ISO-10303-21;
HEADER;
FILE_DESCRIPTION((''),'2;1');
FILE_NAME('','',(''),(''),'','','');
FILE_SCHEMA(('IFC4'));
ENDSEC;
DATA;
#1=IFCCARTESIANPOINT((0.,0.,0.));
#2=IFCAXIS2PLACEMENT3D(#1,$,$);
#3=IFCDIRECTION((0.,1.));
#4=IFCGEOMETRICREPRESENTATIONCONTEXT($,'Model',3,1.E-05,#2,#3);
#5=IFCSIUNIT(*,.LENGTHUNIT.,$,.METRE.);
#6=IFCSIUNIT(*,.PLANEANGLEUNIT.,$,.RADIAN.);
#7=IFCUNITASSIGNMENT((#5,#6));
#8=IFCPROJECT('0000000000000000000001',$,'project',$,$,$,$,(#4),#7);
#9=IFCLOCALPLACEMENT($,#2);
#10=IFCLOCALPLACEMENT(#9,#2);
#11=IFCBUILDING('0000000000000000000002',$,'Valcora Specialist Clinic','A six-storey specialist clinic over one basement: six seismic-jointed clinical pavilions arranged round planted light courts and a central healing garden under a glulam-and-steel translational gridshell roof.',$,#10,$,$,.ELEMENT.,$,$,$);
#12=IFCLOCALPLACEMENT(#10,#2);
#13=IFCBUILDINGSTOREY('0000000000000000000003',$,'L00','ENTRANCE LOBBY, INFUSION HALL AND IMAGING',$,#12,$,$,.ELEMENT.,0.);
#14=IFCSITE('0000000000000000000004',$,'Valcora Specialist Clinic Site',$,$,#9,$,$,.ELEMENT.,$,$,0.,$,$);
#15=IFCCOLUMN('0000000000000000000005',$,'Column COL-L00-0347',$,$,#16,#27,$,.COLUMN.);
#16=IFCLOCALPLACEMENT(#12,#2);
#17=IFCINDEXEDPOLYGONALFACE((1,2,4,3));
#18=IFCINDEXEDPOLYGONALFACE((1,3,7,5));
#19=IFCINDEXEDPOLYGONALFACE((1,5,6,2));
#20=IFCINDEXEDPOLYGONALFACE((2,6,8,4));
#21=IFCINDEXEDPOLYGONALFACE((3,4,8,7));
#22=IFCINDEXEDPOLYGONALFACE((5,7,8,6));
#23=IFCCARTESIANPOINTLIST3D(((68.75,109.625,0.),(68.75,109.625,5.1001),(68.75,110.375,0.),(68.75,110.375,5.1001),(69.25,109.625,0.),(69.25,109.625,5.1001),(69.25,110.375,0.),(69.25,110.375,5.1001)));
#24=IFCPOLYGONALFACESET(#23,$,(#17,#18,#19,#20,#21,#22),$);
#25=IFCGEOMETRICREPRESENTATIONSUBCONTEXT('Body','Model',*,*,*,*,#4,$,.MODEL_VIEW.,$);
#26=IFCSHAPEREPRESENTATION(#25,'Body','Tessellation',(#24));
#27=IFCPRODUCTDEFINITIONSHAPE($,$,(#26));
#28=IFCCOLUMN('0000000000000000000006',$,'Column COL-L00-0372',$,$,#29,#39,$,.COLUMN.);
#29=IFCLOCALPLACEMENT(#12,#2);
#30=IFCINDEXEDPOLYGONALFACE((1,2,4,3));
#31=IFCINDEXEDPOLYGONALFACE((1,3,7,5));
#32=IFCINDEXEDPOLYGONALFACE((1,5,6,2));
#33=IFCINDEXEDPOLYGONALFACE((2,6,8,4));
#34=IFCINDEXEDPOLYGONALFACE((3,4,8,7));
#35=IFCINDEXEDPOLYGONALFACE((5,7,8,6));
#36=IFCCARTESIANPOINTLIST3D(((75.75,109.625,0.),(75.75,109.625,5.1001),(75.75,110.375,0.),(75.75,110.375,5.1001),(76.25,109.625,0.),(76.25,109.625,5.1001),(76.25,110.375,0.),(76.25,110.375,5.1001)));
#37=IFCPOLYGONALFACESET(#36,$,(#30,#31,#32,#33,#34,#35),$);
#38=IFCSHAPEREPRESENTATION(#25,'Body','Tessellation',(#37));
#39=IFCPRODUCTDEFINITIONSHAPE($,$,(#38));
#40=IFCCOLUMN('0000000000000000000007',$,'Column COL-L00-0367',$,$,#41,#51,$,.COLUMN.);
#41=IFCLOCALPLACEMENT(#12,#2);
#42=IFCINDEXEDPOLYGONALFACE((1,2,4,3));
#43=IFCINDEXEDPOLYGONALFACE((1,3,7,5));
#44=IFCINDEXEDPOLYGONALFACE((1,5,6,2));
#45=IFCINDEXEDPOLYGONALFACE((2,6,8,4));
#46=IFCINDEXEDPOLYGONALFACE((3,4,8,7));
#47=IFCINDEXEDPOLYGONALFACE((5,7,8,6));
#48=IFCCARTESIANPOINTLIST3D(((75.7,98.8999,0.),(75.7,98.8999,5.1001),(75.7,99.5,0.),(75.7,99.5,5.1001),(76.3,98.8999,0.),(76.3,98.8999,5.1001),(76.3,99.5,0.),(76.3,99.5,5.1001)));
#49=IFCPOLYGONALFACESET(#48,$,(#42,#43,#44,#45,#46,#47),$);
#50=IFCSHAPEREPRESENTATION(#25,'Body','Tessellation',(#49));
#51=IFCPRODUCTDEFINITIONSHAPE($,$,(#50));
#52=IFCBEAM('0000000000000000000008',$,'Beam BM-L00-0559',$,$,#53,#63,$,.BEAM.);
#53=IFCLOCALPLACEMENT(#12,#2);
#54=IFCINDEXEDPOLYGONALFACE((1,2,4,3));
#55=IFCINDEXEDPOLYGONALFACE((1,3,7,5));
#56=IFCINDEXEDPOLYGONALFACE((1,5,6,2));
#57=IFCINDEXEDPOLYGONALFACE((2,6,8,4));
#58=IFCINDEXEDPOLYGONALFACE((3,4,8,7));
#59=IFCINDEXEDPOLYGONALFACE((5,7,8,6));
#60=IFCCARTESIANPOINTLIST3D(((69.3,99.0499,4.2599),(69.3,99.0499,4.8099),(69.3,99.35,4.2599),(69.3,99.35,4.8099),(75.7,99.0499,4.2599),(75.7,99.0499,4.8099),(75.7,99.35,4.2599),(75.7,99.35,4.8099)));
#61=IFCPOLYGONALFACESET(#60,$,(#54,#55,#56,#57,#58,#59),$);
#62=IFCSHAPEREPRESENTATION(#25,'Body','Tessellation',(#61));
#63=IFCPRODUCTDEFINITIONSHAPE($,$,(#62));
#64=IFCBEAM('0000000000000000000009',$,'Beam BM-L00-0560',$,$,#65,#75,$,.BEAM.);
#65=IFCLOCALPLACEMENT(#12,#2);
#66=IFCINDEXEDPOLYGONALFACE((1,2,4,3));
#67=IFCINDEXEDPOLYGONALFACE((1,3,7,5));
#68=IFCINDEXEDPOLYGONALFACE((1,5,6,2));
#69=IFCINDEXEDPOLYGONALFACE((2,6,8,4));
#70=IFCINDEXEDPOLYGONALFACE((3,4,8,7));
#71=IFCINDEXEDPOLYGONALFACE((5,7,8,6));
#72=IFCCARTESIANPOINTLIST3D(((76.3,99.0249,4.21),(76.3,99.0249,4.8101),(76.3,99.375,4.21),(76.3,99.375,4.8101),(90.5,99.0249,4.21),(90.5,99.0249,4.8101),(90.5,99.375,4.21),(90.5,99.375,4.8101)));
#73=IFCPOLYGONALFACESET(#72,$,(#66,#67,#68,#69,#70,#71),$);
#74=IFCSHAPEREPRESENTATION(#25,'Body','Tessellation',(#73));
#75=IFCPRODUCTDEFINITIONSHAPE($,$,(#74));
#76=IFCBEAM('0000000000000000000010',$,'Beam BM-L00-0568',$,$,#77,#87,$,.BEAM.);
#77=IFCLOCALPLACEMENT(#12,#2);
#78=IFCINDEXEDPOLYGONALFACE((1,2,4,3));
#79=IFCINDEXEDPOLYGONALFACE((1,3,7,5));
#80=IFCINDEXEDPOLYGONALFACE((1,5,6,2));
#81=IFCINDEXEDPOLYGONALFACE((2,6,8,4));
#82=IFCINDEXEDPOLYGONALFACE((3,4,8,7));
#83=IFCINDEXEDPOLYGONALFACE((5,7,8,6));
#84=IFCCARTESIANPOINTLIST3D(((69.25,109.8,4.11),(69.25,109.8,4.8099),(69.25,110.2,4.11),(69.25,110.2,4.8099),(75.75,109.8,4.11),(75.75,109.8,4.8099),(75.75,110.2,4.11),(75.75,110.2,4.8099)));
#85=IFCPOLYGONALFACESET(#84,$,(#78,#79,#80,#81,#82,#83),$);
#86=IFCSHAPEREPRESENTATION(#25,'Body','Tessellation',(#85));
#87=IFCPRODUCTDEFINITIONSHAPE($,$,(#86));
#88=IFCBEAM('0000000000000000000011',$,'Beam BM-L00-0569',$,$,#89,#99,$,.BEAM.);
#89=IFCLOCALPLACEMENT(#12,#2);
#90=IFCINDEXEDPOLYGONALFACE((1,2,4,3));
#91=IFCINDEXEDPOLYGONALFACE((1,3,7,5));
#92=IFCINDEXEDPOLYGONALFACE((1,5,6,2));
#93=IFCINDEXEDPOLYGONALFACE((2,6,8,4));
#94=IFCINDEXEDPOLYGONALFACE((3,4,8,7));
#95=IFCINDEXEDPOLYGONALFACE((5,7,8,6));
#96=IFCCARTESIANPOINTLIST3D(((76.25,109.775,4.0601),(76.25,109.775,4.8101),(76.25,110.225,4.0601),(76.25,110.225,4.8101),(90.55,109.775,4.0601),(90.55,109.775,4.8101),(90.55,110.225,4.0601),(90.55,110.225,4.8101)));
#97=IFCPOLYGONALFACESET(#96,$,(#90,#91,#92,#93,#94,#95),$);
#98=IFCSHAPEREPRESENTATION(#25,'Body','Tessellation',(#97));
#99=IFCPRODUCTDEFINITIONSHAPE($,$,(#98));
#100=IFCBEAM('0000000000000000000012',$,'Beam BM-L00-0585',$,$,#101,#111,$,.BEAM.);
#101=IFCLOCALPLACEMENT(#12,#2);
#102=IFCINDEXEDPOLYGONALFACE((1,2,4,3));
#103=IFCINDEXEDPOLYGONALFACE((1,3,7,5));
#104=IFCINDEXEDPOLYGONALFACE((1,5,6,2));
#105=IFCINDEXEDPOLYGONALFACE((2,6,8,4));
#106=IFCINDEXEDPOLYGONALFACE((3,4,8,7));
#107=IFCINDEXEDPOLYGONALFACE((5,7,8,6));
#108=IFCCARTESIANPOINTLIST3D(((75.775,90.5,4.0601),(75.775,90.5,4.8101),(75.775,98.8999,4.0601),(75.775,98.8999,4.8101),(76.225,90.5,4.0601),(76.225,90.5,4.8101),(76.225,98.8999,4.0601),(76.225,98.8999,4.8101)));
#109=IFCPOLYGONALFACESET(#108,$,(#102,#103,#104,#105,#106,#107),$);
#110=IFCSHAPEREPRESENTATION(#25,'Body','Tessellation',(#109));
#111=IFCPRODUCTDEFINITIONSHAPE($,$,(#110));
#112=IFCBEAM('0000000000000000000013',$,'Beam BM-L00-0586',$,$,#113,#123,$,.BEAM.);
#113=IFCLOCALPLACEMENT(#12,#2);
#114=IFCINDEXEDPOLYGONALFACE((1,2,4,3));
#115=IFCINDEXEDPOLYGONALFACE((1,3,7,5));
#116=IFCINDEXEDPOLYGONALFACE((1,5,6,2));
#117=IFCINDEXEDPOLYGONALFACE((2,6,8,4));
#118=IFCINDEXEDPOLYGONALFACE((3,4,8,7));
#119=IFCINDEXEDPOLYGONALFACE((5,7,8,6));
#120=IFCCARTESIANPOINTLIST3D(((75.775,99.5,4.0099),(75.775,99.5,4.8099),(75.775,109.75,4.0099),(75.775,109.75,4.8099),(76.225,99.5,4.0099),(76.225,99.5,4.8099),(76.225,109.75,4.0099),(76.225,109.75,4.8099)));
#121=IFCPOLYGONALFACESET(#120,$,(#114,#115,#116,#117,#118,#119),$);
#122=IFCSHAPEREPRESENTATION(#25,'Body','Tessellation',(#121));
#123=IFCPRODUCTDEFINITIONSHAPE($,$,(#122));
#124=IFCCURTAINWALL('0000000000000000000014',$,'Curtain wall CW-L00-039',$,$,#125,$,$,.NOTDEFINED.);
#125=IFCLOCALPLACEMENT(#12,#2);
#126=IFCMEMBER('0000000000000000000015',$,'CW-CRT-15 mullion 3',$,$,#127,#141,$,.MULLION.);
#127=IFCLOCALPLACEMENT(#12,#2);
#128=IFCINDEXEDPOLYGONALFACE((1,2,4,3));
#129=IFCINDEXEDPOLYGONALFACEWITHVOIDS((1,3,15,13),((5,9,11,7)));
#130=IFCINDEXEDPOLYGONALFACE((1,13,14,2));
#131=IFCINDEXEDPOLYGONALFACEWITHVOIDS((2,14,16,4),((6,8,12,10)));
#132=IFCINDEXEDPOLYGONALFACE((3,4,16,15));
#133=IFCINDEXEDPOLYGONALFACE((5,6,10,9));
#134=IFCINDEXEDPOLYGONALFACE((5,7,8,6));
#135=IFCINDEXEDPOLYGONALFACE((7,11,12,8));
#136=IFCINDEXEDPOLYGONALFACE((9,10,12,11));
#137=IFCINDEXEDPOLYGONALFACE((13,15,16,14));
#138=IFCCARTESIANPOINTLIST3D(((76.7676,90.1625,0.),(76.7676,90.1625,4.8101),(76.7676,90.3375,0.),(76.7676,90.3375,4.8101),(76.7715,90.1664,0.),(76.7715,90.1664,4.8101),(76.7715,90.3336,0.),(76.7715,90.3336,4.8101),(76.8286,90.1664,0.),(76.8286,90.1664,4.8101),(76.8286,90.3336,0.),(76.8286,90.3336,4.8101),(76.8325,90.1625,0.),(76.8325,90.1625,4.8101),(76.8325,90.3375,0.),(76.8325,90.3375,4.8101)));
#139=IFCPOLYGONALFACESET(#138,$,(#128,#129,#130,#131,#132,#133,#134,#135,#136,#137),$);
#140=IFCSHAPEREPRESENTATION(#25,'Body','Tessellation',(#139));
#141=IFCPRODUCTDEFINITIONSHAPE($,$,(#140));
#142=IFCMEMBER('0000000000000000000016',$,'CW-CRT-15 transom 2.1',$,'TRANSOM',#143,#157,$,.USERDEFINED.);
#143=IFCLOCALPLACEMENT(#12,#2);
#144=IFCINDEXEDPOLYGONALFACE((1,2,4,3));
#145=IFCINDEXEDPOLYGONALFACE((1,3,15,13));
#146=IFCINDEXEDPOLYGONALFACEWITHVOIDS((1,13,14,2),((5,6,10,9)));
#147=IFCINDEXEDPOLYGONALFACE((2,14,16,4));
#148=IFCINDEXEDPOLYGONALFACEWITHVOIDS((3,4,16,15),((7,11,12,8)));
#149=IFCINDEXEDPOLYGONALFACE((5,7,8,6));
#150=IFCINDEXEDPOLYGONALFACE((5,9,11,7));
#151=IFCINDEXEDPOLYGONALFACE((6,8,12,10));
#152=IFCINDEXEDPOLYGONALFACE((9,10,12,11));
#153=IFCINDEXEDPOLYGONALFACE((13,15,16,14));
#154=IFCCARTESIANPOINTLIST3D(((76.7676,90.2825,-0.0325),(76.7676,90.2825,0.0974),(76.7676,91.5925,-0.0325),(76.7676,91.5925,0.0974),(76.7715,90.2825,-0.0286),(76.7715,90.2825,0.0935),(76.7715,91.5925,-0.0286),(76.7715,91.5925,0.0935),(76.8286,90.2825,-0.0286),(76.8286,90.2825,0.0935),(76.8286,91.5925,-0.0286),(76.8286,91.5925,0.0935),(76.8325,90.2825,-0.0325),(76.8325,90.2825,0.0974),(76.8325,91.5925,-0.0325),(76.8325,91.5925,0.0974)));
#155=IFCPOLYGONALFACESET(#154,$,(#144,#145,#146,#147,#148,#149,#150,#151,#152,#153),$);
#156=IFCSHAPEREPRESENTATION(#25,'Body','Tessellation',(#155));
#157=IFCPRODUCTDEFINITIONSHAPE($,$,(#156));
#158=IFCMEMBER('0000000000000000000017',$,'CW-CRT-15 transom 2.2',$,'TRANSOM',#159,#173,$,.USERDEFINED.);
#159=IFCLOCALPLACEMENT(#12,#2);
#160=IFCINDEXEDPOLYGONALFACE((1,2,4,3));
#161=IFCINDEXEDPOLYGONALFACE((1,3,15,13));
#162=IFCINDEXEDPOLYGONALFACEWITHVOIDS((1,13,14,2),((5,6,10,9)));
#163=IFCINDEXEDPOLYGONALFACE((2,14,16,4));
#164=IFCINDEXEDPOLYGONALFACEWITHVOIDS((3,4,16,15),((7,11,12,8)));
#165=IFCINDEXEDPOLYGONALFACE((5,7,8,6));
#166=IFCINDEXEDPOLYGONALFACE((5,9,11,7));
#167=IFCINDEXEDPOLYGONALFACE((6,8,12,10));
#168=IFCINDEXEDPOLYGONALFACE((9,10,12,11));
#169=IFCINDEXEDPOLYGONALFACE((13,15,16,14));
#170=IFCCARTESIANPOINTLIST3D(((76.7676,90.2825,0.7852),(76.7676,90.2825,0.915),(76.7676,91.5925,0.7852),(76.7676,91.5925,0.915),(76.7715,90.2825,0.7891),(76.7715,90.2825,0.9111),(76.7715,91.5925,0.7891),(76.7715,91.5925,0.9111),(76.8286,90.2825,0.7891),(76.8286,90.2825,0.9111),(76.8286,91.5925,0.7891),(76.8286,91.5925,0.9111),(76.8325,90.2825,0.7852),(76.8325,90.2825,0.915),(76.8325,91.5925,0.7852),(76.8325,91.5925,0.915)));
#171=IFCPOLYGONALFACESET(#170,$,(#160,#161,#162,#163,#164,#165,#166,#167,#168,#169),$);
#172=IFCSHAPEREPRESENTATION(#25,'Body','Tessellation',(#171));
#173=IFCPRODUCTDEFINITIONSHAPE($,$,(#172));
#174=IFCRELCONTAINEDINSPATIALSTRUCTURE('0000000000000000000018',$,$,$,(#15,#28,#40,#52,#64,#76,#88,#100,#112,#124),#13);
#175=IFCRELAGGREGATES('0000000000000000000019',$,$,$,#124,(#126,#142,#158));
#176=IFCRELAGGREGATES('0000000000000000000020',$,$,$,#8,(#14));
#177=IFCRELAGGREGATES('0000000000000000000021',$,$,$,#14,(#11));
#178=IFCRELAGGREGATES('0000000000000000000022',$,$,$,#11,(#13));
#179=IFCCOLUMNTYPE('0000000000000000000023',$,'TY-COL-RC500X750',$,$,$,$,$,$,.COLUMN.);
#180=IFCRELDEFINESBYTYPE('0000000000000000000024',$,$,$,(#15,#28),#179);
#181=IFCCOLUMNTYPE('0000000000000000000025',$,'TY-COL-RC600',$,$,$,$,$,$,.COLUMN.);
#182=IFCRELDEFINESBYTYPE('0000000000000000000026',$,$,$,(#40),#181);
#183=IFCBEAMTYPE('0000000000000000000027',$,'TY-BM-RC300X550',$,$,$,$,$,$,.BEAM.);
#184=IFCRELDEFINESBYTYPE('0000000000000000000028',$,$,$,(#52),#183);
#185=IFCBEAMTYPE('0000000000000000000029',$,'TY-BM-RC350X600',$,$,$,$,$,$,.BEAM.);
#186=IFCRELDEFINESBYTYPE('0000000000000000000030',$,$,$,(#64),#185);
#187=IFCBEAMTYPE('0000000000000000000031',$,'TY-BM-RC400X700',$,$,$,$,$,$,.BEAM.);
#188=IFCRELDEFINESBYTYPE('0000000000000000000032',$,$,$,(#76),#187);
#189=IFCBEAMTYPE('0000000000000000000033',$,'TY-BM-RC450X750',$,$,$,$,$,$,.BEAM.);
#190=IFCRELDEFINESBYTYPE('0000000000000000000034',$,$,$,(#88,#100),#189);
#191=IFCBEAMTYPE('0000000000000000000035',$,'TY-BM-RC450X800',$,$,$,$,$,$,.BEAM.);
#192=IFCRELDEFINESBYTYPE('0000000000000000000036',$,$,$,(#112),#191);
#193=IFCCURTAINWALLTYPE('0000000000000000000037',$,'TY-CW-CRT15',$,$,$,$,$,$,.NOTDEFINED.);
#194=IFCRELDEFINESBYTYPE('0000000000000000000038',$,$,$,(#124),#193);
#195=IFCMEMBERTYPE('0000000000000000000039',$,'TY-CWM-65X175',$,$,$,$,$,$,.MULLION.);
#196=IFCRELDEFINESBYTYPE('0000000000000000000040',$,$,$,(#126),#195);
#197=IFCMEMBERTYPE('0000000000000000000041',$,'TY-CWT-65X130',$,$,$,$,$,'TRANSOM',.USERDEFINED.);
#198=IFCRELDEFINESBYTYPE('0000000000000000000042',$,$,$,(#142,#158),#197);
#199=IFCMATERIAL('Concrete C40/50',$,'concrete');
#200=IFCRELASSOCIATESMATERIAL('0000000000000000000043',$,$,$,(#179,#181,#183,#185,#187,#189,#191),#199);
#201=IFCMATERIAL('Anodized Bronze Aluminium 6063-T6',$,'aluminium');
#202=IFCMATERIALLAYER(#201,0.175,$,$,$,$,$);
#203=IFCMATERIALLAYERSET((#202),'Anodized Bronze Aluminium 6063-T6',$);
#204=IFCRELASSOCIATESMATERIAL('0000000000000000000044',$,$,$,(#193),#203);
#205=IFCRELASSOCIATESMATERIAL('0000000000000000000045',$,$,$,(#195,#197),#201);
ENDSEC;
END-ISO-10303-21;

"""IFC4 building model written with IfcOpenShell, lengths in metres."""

from ifc_helpers import new_model, si_unit, direction, frame, origin, origin_2d, place, context, subcontext, project, spatial, rectangle, hollow_rectangle, extrude, material, layer, layer_set, material_profile, profile_set, type_object, element, aggregate, save


model = new_model("IFC4")

# Units and contexts
model_context = context("Model", 3, precision=1e-05, world=origin(), true_north=direction((0.0, 1.0)))
body_context = subcontext(model_context, "Body", "Model", "MODEL_VIEW")
ifc_project = project(units=[si_unit("LENGTHUNIT", "METRE"), si_unit("PLANEANGLEUNIT", "RADIAN")], contexts=[model_context])

# Site, building, storey
site_placement = place(None, origin())
site = spatial("IfcSite", under=ifc_project, at=site_placement, Name="Valcora Specialist Clinic Site", CompositionType="ELEMENT", RefElevation=0.0)
building_placement = place(site_placement, origin())
building = spatial("IfcBuilding", under=site, at=building_placement, Name="Valcora Specialist Clinic", Description="A six-storey specialist clinic over one basement: six seismic-jointed clinical pavilions arranged round planted light courts and a central healing garden under a glulam-and-steel translational gridshell roof.", CompositionType="ELEMENT")
storey_placement = place(building_placement, origin())
storey = spatial("IfcBuildingStorey", under=building, at=storey_placement, Name="L00", Description="ENTRANCE LOBBY, INFUSION HALL AND IMAGING", CompositionType="ELEMENT", Elevation=0.0)

# Columns
ifc_material_1 = material(Name="Concrete C40/50", Category="concrete")
ifc_material_profile_1 = material_profile(ifc_material_1, rectangle(XDim=0.5, YDim=0.75, at=origin_2d()), Name="RC-COL-500X750")
ifc_profile_set_1 = profile_set([ifc_material_profile_1], Name="Concrete C40/50")
column_type_1 = type_object("IfcColumnType", Name="TY-COL-RC500X750", PredefinedType="COLUMN", material=ifc_profile_set_1)
for number, where, z_axis, x_axis, name in (
    (1, (69.0, 110.0, 0.0), (0.0, 0.0, 1.0), (1.0, 0.0, 0.0), "Column COL-L00-0347"),
    (2, (76.0, 110.0, 0.0), (0.0, 0.0, 1.0), (1.0, 0.0, 0.0), "Column COL-L00-0372"),
):
    element("IfcColumn", number, at=place(storey_placement, frame(where, z_axis=z_axis, x_axis=x_axis)), inside=storey, type_object=column_type_1, Name=name, PredefinedType="COLUMN", context=body_context, shape_type="SweptSolid", body=[
        extrude(rectangle(XDim=0.5, YDim=0.75, at=origin_2d()), origin(), (0.0, 0.0, 1.0), 5.1001),
    ])
ifc_material_profile_2 = material_profile(ifc_material_1, rectangle(XDim=0.6001, YDim=0.6001, at=origin_2d()), Name="RC-COL-600X600")
ifc_profile_set_2 = profile_set([ifc_material_profile_2], Name="Concrete C40/50")
column_type_2 = type_object("IfcColumnType", Name="TY-COL-RC600", PredefinedType="COLUMN", material=ifc_profile_set_2)
column_placement = place(storey_placement, frame((76.0, 99.2, 0.0), z_axis=(0.0, 0.0, 1.0), x_axis=(1.0, 0.0, 0.0)))
element("IfcColumn", 3, at=column_placement, inside=storey, type_object=column_type_2, Name="Column COL-L00-0367", PredefinedType="COLUMN", context=body_context, shape_type="SweptSolid", body=[
    extrude(rectangle(XDim=0.6001, YDim=0.6001, at=origin_2d()), origin(), (0.0, 0.0, 1.0), 5.1001),
])

# Beams
ifc_material_profile_3 = material_profile(ifc_material_1, rectangle(XDim=0.3, YDim=0.55, at=origin_2d()), Name="RC-BM-300X550")
ifc_profile_set_3 = profile_set([ifc_material_profile_3], Name="Concrete C40/50")
beam_type_1 = type_object("IfcBeamType", Name="TY-BM-RC300X550", PredefinedType="BEAM", material=ifc_profile_set_3)
beam_1_placement = place(storey_placement, frame((69.3, 99.2, 4.5349), z_axis=(1.0, 0.0, 0.0), x_axis=(0.0, 1.0, 0.0)))
element("IfcBeam", 4, at=beam_1_placement, inside=storey, type_object=beam_type_1, Name="Beam BM-L00-0559", PredefinedType="BEAM", context=body_context, shape_type="SweptSolid", body=[
    extrude(rectangle(XDim=0.3, YDim=0.55, at=origin_2d()), origin(), (0.0, 0.0, 1.0), 6.3999),
])
ifc_material_profile_4 = material_profile(ifc_material_1, rectangle(XDim=0.3501, YDim=0.6001, at=origin_2d()), Name="RC-BM-350X600")
ifc_profile_set_4 = profile_set([ifc_material_profile_4], Name="Concrete C40/50")
beam_type_2 = type_object("IfcBeamType", Name="TY-BM-RC350X600", PredefinedType="BEAM", material=ifc_profile_set_4)
beam_2_placement = place(storey_placement, frame((76.3, 99.2, 4.51), z_axis=(1.0, 0.0, 0.0), x_axis=(0.0, 1.0, 0.0)))
element("IfcBeam", 5, at=beam_2_placement, inside=storey, type_object=beam_type_2, Name="Beam BM-L00-0560", PredefinedType="BEAM", context=body_context, shape_type="SweptSolid", body=[
    extrude(rectangle(XDim=0.3501, YDim=0.6001, at=origin_2d()), origin(), (0.0, 0.0, 1.0), 14.2),
])
ifc_material_profile_5 = material_profile(ifc_material_1, rectangle(XDim=0.3999, YDim=0.7, at=origin_2d()), Name="RC-BM-400X700")
ifc_profile_set_5 = profile_set([ifc_material_profile_5], Name="Concrete C40/50")
beam_type_3 = type_object("IfcBeamType", Name="TY-BM-RC400X700", PredefinedType="BEAM", material=ifc_profile_set_5)
beam_3_placement = place(storey_placement, frame((69.25, 110.0, 4.46), z_axis=(1.0, 0.0, 0.0), x_axis=(0.0, 1.0, 0.0)))
element("IfcBeam", 6, at=beam_3_placement, inside=storey, type_object=beam_type_3, Name="Beam BM-L00-0568", PredefinedType="BEAM", context=body_context, shape_type="SweptSolid", body=[
    extrude(rectangle(XDim=0.3999, YDim=0.7, at=origin_2d()), origin(), (0.0, 0.0, 1.0), 6.5),
])
ifc_material_profile_6 = material_profile(ifc_material_1, rectangle(XDim=0.45, YDim=0.75, at=origin_2d()), Name="RC-BM-450X750")
ifc_profile_set_6 = profile_set([ifc_material_profile_6], Name="Concrete C40/50")
beam_type_4 = type_object("IfcBeamType", Name="TY-BM-RC450X750", PredefinedType="BEAM", material=ifc_profile_set_6)
beam_4_placement = place(storey_placement, frame((76.25, 110.0, 4.4351), z_axis=(1.0, 0.0, 0.0), x_axis=(0.0, 1.0, 0.0)))
element("IfcBeam", 7, at=beam_4_placement, inside=storey, type_object=beam_type_4, Name="Beam BM-L00-0569", PredefinedType="BEAM", context=body_context, shape_type="SweptSolid", body=[
    extrude(rectangle(XDim=0.45, YDim=0.75, at=origin_2d()), origin(), (0.0, 0.0, 1.0), 14.3),
])
beam_5_placement = place(storey_placement, frame((76.0, 90.5, 4.4351), z_axis=(0.0, 1.0, 0.0), x_axis=(-1.0, 0.0, 0.0)))
element("IfcBeam", 8, at=beam_5_placement, inside=storey, type_object=beam_type_4, Name="Beam BM-L00-0585", PredefinedType="BEAM", context=body_context, shape_type="SweptSolid", body=[
    extrude(rectangle(XDim=0.45, YDim=0.75, at=origin_2d()), origin(), (0.0, 0.0, 1.0), 8.3999),
])
ifc_material_profile_7 = material_profile(ifc_material_1, rectangle(XDim=0.45, YDim=0.8, at=origin_2d()), Name="RC-BM-450X800")
ifc_profile_set_7 = profile_set([ifc_material_profile_7], Name="Concrete C40/50")
beam_type_5 = type_object("IfcBeamType", Name="TY-BM-RC450X800", PredefinedType="BEAM", material=ifc_profile_set_7)
beam_6_placement = place(storey_placement, frame((76.0, 99.5, 4.4099), z_axis=(0.0, 1.0, 0.0), x_axis=(-1.0, 0.0, 0.0)))
element("IfcBeam", 9, at=beam_6_placement, inside=storey, type_object=beam_type_5, Name="Beam BM-L00-0586", PredefinedType="BEAM", context=body_context, shape_type="SweptSolid", body=[
    extrude(rectangle(XDim=0.45, YDim=0.8, at=origin_2d()), origin(), (0.0, 0.0, 1.0), 10.25),
])

# Curtain wall, members
ifc_material_2 = material(Name="Anodized Bronze Aluminium 6063-T6", Category="aluminium")
ifc_layer_1 = layer(ifc_material_2, 0.175)
ifc_layer_set_1 = layer_set([ifc_layer_1], Name="Anodized Bronze Aluminium 6063-T6")
curtain_wall_type = type_object("IfcCurtainWallType", Name="TY-CW-CRT15", PredefinedType="NOTDEFINED", material=ifc_layer_set_1)
curtain_wall_placement = place(storey_placement, origin())
curtain_wall = element("IfcCurtainWall", 10, at=curtain_wall_placement, inside=storey, type_object=curtain_wall_type, Name="Curtain wall CW-L00-039", PredefinedType="NOTDEFINED")
ifc_material_profile_8 = material_profile(ifc_material_2, hollow_rectangle(XDim=0.0649, YDim=0.175, WallThickness=0.0039, at=origin_2d()), Name="AL-MUL-65X175")
ifc_profile_set_8 = profile_set([ifc_material_profile_8], Name="Anodized Bronze Aluminium 6063-T6")
member_type_1 = type_object("IfcMemberType", Name="TY-CWM-65X175", PredefinedType="MULLION", material=ifc_profile_set_8)
member_1_placement = place(storey_placement, frame((76.8, 90.25, 0.0), z_axis=(0.0, 0.0, 1.0), x_axis=(1.0, 0.0, 0.0)))
member_1 = element("IfcMember", 11, at=member_1_placement, type_object=member_type_1, Name="CW-CRT-15 mullion 3", PredefinedType="MULLION", context=body_context, shape_type="SweptSolid", body=[
    extrude(hollow_rectangle(XDim=0.0649, YDim=0.175, WallThickness=0.0039, at=origin_2d()), origin(), (0.0, 0.0, 1.0), 4.8101),
])
ifc_material_profile_9 = material_profile(ifc_material_2, hollow_rectangle(XDim=0.0649, YDim=0.1299, WallThickness=0.0039, at=origin_2d()), Name="AL-TRN-65X130")
ifc_profile_set_9 = profile_set([ifc_material_profile_9], Name="Anodized Bronze Aluminium 6063-T6")
member_type_2 = type_object("IfcMemberType", Name="TY-CWT-65X130", ElementType="TRANSOM", PredefinedType="USERDEFINED", material=ifc_profile_set_9)
member_2_placement = place(storey_placement, frame((76.8, 91.5925, 0.0325), z_axis=(0.0, -1.0, 0.0), x_axis=(1.0, 0.0, 0.0)))
member_2 = element("IfcMember", 12, at=member_2_placement, type_object=member_type_2, Name="CW-CRT-15 transom 2.1", ObjectType="TRANSOM", PredefinedType="USERDEFINED", context=body_context, shape_type="SweptSolid", body=[
    extrude(hollow_rectangle(XDim=0.0649, YDim=0.1299, WallThickness=0.0039, at=origin_2d()), origin(), (0.0, 0.0, 1.0), 1.3101),
])
member_3_placement = place(storey_placement, frame((76.8, 91.5925, 0.8501), z_axis=(0.0, -1.0, 0.0), x_axis=(1.0, 0.0, 0.0)))
member_3 = element("IfcMember", 13, at=member_3_placement, type_object=member_type_2, Name="CW-CRT-15 transom 2.2", ObjectType="TRANSOM", PredefinedType="USERDEFINED", context=body_context, shape_type="SweptSolid", body=[
    extrude(hollow_rectangle(XDim=0.0649, YDim=0.1299, WallThickness=0.0039, at=origin_2d()), origin(), (0.0, 0.0, 1.0), 1.3101),
])
aggregate(curtain_wall, [member_1, member_2, member_3])

save(model, "model.ifc")
